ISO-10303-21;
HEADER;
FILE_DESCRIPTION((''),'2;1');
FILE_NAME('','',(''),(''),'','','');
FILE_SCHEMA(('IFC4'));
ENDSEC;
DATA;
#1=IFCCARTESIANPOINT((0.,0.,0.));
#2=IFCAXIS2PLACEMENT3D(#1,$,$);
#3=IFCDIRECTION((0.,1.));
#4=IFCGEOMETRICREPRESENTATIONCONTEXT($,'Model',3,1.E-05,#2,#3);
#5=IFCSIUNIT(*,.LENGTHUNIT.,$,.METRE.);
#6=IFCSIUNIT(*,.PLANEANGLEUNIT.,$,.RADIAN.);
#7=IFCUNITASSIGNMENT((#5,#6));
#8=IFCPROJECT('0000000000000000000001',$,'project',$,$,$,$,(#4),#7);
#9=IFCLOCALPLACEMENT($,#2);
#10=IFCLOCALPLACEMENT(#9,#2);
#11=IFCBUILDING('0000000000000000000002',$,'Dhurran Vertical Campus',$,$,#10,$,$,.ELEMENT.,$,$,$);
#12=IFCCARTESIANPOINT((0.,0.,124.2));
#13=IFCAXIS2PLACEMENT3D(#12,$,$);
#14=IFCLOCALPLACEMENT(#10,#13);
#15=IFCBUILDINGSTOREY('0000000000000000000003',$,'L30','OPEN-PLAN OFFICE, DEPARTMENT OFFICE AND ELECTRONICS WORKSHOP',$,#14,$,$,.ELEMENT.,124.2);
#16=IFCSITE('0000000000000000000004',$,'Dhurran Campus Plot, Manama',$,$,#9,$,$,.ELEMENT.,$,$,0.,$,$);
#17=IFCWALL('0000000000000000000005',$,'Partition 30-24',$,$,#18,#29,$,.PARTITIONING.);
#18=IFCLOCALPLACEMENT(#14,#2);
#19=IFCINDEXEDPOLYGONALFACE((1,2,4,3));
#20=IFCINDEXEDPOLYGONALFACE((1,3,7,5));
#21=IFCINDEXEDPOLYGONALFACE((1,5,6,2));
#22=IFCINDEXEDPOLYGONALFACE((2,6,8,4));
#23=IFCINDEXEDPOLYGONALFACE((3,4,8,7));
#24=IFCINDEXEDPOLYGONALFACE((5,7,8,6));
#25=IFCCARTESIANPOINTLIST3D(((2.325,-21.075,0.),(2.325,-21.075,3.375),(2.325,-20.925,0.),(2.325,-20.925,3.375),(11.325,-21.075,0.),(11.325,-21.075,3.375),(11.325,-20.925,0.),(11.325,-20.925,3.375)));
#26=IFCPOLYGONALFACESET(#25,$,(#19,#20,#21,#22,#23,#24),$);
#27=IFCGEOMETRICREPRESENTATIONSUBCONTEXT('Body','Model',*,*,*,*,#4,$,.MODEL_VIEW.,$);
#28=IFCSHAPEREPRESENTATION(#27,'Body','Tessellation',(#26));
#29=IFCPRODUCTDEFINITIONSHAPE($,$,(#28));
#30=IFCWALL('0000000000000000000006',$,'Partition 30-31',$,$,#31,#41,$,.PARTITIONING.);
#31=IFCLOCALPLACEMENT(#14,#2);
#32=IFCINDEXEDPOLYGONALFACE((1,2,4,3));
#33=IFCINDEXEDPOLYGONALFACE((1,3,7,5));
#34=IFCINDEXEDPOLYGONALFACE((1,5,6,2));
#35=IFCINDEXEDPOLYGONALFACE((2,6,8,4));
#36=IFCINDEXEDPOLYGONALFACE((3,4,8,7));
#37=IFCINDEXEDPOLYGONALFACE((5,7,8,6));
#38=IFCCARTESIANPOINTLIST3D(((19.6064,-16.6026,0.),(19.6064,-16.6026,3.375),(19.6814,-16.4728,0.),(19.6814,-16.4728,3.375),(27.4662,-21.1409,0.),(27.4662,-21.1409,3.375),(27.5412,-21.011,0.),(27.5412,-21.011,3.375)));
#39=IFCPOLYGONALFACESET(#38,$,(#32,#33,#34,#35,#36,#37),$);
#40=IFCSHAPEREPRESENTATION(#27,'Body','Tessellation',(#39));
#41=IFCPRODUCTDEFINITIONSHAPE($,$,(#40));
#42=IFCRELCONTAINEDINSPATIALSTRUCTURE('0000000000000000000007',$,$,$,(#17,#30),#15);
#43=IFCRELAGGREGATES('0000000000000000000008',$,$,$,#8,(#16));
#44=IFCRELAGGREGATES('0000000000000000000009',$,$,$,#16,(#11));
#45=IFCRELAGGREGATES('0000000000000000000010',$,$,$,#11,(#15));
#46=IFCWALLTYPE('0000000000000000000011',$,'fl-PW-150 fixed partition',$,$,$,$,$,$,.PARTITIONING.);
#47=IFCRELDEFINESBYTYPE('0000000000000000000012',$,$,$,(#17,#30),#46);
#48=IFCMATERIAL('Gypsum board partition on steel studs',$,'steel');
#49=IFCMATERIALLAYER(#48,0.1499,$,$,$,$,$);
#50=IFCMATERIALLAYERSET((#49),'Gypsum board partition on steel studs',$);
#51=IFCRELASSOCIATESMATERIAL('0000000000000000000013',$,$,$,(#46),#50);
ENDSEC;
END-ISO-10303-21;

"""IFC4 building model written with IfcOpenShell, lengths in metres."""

from ifc_helpers import new_model, si_unit, direction, frame, frame_2d, origin, place, context, subcontext, project, spatial, rectangle, extrude, material, layer, layer_set, type_object, element, save


model = new_model("IFC4")

# Units and contexts
model_context = context("Model", 3, precision=1e-05, world=origin(), true_north=direction((0.0, 1.0)))
body_context = subcontext(model_context, "Body", "Model", "MODEL_VIEW")
ifc_project = project(units=[si_unit("LENGTHUNIT", "METRE"), si_unit("PLANEANGLEUNIT", "RADIAN")], contexts=[model_context])

# Site, building, storey
site_placement = place(None, origin())
site = spatial("IfcSite", under=ifc_project, at=site_placement, Name="Dhurran Campus Plot, Manama", CompositionType="ELEMENT", RefElevation=0.0)
building_placement = place(site_placement, origin())
building = spatial("IfcBuilding", under=site, at=building_placement, Name="Dhurran Vertical Campus", CompositionType="ELEMENT")
storey_placement = place(building_placement, frame((0.0, 0.0, 124.2)))
storey = spatial("IfcBuildingStorey", under=building, at=storey_placement, Name="L30", Description="OPEN-PLAN OFFICE, DEPARTMENT OFFICE AND ELECTRONICS WORKSHOP", CompositionType="ELEMENT", Elevation=124.2)

# Walls
ifc_material_1 = material(Name="Gypsum board partition on steel studs", Category="steel")
ifc_layer_1 = layer(ifc_material_1, 0.1499)
ifc_layer_set_1 = layer_set([ifc_layer_1], Name="Gypsum board partition on steel studs")
wall_type_1 = type_object("IfcWallType", Name="fl-PW-150 fixed partition", PredefinedType="PARTITIONING", material=ifc_layer_set_1)
wall_1_placement = place(storey_placement, frame((11.325, -21.0, 0.0), z_axis=(0.0, 0.0, 1.0), x_axis=(-1.0, 0.0, 0.0)))
element("IfcWall", 1, at=wall_1_placement, inside=storey, type_object=wall_type_1, Name="Partition 30-24", PredefinedType="PARTITIONING", context=body_context, shape_type="SweptSolid", body=[
    extrude(rectangle(XDim=9.0, YDim=0.1499, at=frame_2d((4.5, 0.0))), origin(), (0.0, 0.0, 1.0), 3.375),
])
wall_2_placement = place(storey_placement, frame((19.6438, -16.5376, 0.0), z_axis=(0.0, 0.0, 1.0), x_axis=(0.866005, -0.500036, 0.0)))
element("IfcWall", 2, at=wall_2_placement, inside=storey, type_object=wall_type_1, Name="Partition 30-31", PredefinedType="PARTITIONING", context=body_context, shape_type="SweptSolid", body=[
    extrude(rectangle(XDim=9.0759, YDim=0.1499, at=frame_2d((4.5381, 0.0))), origin(), (0.0, 0.0, 1.0), 3.375),
])

save(model, "model.ifc")
